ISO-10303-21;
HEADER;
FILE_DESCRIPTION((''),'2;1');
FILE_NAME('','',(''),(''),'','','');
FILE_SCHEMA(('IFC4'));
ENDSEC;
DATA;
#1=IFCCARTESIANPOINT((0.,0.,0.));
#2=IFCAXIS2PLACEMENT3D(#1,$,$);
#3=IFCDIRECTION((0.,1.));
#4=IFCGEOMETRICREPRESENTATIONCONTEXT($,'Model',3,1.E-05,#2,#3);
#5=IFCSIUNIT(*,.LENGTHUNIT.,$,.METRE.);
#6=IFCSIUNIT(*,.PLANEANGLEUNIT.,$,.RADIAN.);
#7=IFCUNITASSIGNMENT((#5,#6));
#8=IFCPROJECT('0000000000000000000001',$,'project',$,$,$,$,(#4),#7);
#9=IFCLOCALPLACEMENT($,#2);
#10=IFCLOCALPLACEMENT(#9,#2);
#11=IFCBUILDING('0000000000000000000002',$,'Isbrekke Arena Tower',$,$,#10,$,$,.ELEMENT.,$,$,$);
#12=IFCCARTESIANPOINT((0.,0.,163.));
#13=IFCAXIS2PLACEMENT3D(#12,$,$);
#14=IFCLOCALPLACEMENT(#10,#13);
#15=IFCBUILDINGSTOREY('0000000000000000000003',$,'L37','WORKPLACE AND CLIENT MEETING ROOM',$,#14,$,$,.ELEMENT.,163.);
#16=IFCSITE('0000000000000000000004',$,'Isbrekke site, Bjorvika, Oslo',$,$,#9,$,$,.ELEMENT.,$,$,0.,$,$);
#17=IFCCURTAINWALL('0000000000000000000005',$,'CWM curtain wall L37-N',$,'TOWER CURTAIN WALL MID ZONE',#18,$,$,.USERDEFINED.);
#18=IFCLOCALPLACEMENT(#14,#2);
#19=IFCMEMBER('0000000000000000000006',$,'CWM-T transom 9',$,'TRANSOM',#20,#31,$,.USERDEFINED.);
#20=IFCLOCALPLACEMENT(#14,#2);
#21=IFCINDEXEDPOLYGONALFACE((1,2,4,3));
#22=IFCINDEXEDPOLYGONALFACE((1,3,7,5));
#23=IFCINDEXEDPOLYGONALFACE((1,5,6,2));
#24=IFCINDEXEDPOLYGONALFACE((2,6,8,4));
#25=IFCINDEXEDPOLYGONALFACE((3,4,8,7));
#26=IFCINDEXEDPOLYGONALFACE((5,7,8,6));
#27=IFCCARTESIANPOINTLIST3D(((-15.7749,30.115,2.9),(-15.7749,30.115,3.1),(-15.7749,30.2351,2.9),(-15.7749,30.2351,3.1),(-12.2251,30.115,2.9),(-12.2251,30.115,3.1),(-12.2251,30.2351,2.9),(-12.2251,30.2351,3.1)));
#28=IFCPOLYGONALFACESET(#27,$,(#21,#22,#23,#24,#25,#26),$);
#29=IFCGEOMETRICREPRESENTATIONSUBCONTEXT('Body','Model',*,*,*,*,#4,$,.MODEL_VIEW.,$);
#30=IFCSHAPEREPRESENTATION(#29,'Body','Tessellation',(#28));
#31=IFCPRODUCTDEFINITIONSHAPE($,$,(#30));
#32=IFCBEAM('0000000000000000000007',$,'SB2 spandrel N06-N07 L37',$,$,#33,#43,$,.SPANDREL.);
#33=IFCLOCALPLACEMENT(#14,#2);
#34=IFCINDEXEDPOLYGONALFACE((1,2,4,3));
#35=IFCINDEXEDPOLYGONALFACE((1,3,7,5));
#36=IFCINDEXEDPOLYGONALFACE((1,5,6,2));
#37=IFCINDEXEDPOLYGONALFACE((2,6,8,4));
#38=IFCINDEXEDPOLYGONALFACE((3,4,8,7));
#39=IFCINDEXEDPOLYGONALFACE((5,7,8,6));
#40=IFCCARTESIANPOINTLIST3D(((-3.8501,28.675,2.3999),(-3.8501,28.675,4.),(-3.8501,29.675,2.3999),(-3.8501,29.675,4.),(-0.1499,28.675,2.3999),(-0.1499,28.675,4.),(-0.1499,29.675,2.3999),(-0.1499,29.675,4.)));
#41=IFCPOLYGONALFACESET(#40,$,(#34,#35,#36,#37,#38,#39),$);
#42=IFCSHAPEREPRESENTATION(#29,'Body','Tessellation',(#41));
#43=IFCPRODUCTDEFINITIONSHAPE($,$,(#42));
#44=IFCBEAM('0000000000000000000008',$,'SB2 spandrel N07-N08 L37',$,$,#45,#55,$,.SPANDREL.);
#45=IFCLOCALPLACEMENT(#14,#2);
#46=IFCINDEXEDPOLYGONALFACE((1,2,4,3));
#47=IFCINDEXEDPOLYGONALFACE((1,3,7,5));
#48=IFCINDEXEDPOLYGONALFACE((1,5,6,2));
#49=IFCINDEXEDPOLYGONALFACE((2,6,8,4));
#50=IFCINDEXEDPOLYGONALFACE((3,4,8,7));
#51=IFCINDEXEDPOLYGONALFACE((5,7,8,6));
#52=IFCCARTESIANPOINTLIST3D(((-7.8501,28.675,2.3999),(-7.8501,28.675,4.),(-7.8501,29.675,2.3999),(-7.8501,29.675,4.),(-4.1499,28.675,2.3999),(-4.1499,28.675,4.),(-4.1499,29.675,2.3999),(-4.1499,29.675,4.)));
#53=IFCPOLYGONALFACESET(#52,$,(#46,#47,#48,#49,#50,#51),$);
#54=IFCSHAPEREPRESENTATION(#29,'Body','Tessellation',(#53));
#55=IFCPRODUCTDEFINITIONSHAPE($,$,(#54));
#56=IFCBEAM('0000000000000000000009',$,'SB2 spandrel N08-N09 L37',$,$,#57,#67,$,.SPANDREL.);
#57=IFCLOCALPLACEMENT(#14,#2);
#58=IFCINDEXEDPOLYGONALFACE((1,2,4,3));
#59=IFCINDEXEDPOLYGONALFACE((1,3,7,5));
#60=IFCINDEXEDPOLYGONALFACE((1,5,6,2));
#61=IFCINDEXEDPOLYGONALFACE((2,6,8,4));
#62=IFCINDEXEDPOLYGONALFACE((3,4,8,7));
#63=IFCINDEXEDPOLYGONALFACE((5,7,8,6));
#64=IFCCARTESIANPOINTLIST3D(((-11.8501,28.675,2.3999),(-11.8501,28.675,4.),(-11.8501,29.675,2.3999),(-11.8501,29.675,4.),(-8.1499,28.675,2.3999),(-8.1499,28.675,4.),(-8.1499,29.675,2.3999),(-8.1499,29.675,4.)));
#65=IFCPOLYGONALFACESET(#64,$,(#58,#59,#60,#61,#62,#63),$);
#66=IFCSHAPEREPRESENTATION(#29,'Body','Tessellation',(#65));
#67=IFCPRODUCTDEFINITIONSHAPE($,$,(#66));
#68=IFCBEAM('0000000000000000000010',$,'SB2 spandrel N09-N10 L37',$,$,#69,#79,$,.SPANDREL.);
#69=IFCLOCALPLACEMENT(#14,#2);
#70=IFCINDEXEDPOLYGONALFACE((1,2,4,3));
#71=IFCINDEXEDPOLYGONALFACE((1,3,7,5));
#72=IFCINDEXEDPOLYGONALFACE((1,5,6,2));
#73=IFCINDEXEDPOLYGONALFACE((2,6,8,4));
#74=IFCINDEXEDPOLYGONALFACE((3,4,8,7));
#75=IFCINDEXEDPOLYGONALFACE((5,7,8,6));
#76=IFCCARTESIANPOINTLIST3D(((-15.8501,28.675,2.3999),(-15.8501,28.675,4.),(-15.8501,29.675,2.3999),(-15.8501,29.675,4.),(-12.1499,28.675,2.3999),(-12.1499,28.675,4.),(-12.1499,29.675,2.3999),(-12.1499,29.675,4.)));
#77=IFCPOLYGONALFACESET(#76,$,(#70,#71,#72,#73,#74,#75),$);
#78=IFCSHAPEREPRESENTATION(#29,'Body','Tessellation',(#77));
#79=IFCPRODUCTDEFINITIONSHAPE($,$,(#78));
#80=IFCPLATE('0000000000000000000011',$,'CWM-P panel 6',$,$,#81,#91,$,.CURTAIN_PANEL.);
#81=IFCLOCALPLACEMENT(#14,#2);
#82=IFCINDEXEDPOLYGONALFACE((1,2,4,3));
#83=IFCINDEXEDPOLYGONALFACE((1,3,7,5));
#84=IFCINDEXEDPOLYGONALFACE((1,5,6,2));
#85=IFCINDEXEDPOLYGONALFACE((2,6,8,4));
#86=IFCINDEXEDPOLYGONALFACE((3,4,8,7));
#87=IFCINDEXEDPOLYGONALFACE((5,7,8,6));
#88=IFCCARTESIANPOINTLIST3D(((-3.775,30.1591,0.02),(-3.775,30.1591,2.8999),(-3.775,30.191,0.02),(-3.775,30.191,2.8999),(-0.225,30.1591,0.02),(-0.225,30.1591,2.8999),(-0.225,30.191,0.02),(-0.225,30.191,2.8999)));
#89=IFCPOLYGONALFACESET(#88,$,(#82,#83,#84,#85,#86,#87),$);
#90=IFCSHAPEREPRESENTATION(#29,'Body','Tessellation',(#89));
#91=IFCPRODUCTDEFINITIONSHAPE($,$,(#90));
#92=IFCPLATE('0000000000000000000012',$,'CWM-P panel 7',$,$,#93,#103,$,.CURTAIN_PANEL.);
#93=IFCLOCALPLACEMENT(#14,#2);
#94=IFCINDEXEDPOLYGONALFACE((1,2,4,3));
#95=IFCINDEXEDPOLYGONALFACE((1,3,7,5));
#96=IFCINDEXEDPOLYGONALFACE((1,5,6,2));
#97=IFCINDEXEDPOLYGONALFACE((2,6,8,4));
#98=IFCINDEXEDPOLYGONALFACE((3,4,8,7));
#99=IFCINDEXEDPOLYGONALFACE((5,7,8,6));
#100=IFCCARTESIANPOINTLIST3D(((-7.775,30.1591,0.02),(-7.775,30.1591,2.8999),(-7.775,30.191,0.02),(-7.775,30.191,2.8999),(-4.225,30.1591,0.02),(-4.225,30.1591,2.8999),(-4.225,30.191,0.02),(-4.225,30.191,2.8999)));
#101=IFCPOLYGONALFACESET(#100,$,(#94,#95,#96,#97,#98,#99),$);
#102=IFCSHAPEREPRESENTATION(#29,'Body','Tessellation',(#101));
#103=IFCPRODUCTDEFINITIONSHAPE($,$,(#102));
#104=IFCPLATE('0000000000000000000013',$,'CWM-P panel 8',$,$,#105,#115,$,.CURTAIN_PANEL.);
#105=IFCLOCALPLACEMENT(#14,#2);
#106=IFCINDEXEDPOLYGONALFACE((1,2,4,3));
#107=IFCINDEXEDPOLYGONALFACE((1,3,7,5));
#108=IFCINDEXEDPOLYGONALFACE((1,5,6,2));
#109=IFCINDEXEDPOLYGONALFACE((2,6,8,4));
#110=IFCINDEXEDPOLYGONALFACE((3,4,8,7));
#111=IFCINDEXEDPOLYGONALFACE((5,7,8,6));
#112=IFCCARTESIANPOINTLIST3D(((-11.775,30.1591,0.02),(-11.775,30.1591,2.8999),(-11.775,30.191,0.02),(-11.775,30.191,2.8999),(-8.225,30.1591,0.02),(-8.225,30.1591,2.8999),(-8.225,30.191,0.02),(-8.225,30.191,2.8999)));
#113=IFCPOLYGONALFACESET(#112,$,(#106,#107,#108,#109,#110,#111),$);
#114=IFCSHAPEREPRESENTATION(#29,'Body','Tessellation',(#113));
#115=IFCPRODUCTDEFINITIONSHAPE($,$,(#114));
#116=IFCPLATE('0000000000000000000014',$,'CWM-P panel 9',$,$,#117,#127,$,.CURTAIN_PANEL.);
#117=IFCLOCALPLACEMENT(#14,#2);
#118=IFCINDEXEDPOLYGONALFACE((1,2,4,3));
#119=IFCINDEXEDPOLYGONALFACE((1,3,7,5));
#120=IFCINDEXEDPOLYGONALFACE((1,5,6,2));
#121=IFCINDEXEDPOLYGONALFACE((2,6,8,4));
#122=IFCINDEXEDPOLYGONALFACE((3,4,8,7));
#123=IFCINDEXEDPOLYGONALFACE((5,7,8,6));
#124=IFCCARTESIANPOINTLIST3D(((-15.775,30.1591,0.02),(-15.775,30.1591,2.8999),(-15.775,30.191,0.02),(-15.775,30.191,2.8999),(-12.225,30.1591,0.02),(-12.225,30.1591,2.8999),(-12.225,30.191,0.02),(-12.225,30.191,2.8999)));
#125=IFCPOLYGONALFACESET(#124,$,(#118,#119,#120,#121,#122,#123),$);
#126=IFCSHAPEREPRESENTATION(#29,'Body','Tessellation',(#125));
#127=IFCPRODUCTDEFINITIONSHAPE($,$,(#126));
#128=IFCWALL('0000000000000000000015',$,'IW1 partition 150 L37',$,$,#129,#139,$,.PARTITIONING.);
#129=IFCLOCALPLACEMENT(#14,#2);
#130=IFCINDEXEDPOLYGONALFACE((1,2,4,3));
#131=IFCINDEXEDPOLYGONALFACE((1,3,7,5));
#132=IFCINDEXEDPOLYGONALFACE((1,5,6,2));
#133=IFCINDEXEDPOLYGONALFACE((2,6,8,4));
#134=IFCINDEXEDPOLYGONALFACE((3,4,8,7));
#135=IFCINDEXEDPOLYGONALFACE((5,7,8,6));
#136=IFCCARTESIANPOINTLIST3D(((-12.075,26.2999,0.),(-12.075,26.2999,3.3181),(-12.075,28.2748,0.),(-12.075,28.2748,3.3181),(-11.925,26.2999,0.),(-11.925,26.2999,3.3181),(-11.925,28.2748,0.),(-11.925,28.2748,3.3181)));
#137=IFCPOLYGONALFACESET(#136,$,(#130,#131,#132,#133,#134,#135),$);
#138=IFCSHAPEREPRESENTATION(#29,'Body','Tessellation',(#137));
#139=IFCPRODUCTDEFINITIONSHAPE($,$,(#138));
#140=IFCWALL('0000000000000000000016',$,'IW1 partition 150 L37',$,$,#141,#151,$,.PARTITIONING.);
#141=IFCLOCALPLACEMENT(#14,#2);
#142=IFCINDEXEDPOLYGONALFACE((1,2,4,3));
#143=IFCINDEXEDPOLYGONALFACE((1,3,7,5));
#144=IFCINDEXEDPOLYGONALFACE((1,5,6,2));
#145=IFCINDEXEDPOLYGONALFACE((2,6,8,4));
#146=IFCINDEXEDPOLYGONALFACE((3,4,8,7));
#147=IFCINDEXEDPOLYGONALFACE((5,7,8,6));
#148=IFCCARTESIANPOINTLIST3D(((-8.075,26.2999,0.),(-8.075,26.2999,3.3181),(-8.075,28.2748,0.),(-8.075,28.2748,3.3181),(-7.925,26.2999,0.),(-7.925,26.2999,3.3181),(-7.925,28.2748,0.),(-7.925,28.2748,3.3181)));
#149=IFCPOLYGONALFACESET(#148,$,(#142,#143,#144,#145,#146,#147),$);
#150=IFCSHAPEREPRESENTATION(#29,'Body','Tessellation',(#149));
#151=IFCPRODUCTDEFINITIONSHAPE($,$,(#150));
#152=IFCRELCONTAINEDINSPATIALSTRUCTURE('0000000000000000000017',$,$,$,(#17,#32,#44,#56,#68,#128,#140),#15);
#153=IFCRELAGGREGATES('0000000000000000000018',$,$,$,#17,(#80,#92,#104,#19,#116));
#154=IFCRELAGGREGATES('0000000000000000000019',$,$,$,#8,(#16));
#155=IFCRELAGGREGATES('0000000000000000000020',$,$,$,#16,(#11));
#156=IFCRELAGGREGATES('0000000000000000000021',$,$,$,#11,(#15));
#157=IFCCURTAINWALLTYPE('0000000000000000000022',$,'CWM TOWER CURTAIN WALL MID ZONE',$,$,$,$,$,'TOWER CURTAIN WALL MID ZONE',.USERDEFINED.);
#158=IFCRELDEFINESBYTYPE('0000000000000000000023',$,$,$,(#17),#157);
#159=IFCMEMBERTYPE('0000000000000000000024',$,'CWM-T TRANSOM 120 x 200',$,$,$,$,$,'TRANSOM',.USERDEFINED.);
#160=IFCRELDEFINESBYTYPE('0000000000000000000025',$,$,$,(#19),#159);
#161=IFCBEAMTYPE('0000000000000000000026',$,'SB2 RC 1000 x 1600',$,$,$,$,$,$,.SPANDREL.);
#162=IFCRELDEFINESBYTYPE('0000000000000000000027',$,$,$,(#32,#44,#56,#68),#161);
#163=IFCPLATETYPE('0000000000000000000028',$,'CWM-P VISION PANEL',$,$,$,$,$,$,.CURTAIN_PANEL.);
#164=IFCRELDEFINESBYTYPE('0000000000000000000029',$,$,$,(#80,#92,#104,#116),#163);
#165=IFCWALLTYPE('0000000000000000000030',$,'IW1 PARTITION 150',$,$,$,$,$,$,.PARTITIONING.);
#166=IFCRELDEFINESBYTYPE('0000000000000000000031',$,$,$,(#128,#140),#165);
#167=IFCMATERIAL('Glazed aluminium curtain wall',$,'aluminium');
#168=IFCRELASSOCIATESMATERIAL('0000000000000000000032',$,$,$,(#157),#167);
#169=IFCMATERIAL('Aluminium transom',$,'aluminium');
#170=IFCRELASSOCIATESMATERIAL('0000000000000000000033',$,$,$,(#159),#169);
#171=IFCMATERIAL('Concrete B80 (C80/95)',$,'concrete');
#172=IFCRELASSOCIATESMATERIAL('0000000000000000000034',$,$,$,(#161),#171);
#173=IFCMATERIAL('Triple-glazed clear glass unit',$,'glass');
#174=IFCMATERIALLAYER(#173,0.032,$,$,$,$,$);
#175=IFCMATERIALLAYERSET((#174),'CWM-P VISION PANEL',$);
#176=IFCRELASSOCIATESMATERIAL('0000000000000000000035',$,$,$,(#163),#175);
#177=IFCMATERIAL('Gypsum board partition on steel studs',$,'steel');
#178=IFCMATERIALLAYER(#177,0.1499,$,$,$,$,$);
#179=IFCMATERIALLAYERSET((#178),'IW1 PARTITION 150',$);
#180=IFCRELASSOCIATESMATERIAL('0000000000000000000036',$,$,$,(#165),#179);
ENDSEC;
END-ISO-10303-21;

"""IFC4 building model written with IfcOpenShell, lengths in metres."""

from ifc_helpers import new_model, si_unit, direction, frame, frame_2d, origin, origin_2d, place, context, subcontext, project, spatial, rectangle, extrude, material, layer, layer_set, material_profile, profile_set, type_object, element, aggregate, save


model = new_model("IFC4")

# Units and contexts
model_context = context("Model", 3, precision=1e-05, world=origin(), true_north=direction((0.0, 1.0)))
body_context = subcontext(model_context, "Body", "Model", "MODEL_VIEW")
ifc_project = project(units=[si_unit("LENGTHUNIT", "METRE"), si_unit("PLANEANGLEUNIT", "RADIAN")], contexts=[model_context])

# Site, building, storey
site_placement = place(None, origin())
site = spatial("IfcSite", under=ifc_project, at=site_placement, Name="Isbrekke site, Bjorvika, Oslo", CompositionType="ELEMENT", RefElevation=0.0)
building_placement = place(site_placement, origin())
building = spatial("IfcBuilding", under=site, at=building_placement, Name="Isbrekke Arena Tower", CompositionType="ELEMENT")
storey_placement = place(building_placement, frame((0.0, 0.0, 163.0)))
storey = spatial("IfcBuildingStorey", under=building, at=storey_placement, Name="L37", Description="WORKPLACE AND CLIENT MEETING ROOM", CompositionType="ELEMENT", Elevation=163.0)

# Curtain wall, member
ifc_material_1 = material(Name="Glazed aluminium curtain wall", Category="aluminium")
curtain_wall_type = type_object("IfcCurtainWallType", Name="CWM TOWER CURTAIN WALL MID ZONE", ElementType="TOWER CURTAIN WALL MID ZONE", PredefinedType="USERDEFINED", material=ifc_material_1)
curtain_wall_placement = place(storey_placement, origin())
curtain_wall = element("IfcCurtainWall", 1, at=curtain_wall_placement, inside=storey, type_object=curtain_wall_type, Name="CWM curtain wall L37-N", ObjectType="TOWER CURTAIN WALL MID ZONE", PredefinedType="USERDEFINED")
ifc_material_2 = material(Name="Aluminium transom", Category="aluminium")
ifc_material_profile_1 = material_profile(ifc_material_2, rectangle(XDim=0.1201, YDim=0.2, at=origin_2d()), Name="TRANSOM 120X200")
ifc_profile_set_1 = profile_set([ifc_material_profile_1], Name="Aluminium transom")
member_type_1 = type_object("IfcMemberType", Name="CWM-T TRANSOM 120 x 200", ElementType="TRANSOM", PredefinedType="USERDEFINED", material=ifc_profile_set_1)
member_1_placement = place(storey_placement, frame((-12.2251, 30.175, 3.0), z_axis=(-1.0, 0.0, 0.0), x_axis=(0.0, -1.0, 0.0)))
member_1 = element("IfcMember", 2, at=member_1_placement, type_object=member_type_1, Name="CWM-T transom 9", ObjectType="TRANSOM", PredefinedType="USERDEFINED", context=body_context, shape_type="SweptSolid", body=[
    extrude(rectangle(XDim=0.1201, YDim=0.2, at=origin_2d()), origin(), (0.0, 0.0, 1.0), 3.5498),
])

# Beams
ifc_material_3 = material(Name="Concrete B80 (C80/95)", Category="concrete")
ifc_material_profile_2 = material_profile(ifc_material_3, rectangle(XDim=1.0, YDim=1.6001, at=origin_2d()), Name="RC 1000x1600")
ifc_profile_set_2 = profile_set([ifc_material_profile_2], Name="Concrete B80 (C80/95)")
beam_type_1 = type_object("IfcBeamType", Name="SB2 RC 1000 x 1600", PredefinedType="SPANDREL", material=ifc_profile_set_2)
for number, where, z_axis, x_axis, name in (
    (3, (-0.1499, 29.175, 3.2), (-1.0, 0.0, 0.0), (0.0, -1.0, 0.0), "SB2 spandrel N06-N07 L37"),
    (4, (-4.1499, 29.175, 3.2), (-1.0, 0.0, 0.0), (0.0, -1.0, 0.0), "SB2 spandrel N07-N08 L37"),
    (5, (-8.1499, 29.175, 3.2), (-1.0, 0.0, 0.0), (0.0, -1.0, 0.0), "SB2 spandrel N08-N09 L37"),
    (6, (-12.1499, 29.175, 3.2), (-1.0, 0.0, 0.0), (0.0, -1.0, 0.0), "SB2 spandrel N09-N10 L37"),
):
    element("IfcBeam", number, at=place(storey_placement, frame(where, z_axis=z_axis, x_axis=x_axis)), inside=storey, type_object=beam_type_1, Name=name, PredefinedType="SPANDREL", context=body_context, shape_type="SweptSolid", body=[
        extrude(rectangle(XDim=1.0, YDim=1.6001, at=origin_2d()), origin(), (0.0, 0.0, 1.0), 3.7002),
    ])

# Plates
ifc_material_4 = material(Name="Triple-glazed clear glass unit", Category="glass")
ifc_layer_1 = layer(ifc_material_4, 0.032)
ifc_layer_set_1 = layer_set([ifc_layer_1], Name="CWM-P VISION PANEL")
plate_type = type_object("IfcPlateType", Name="CWM-P VISION PANEL", PredefinedType="CURTAIN_PANEL", material=ifc_layer_set_1)
plate_1_placement = place(storey_placement, frame((-2.0, 30.175, 0.02), z_axis=(0.0, 0.0, 1.0), x_axis=(-1.0, 0.0, 0.0)))
plate_1 = element("IfcPlate", 7, at=plate_1_placement, type_object=plate_type, Name="CWM-P panel 6", PredefinedType="CURTAIN_PANEL", context=body_context, shape_type="SweptSolid", body=[
    extrude(rectangle(XDim=3.55, YDim=0.032, at=origin_2d()), origin(), (0.0, 0.0, 1.0), 2.8799),
])
plate_2_placement = place(storey_placement, frame((-6.0, 30.175, 0.02), z_axis=(0.0, 0.0, 1.0), x_axis=(-1.0, 0.0, 0.0)))
plate_2 = element("IfcPlate", 8, at=plate_2_placement, type_object=plate_type, Name="CWM-P panel 7", PredefinedType="CURTAIN_PANEL", context=body_context, shape_type="SweptSolid", body=[
    extrude(rectangle(XDim=3.55, YDim=0.032, at=origin_2d()), origin(), (0.0, 0.0, 1.0), 2.8799),
])
plate_3_placement = place(storey_placement, frame((-10.0, 30.175, 0.02), z_axis=(0.0, 0.0, 1.0), x_axis=(-1.0, 0.0, 0.0)))
plate_3 = element("IfcPlate", 9, at=plate_3_placement, type_object=plate_type, Name="CWM-P panel 8", PredefinedType="CURTAIN_PANEL", context=body_context, shape_type="SweptSolid", body=[
    extrude(rectangle(XDim=3.55, YDim=0.032, at=origin_2d()), origin(), (0.0, 0.0, 1.0), 2.8799),
])
plate_4_placement = place(storey_placement, frame((-14.0, 30.175, 0.02), z_axis=(0.0, 0.0, 1.0), x_axis=(-1.0, 0.0, 0.0)))
plate_4 = element("IfcPlate", 10, at=plate_4_placement, type_object=plate_type, Name="CWM-P panel 9", PredefinedType="CURTAIN_PANEL", context=body_context, shape_type="SweptSolid", body=[
    extrude(rectangle(XDim=3.55, YDim=0.032, at=origin_2d()), origin(), (0.0, 0.0, 1.0), 2.8799),
])
aggregate(curtain_wall, [plate_1, plate_2, plate_3, member_1, plate_4])

# Walls
ifc_material_5 = material(Name="Gypsum board partition on steel studs", Category="steel")
ifc_layer_2 = layer(ifc_material_5, 0.1499)
ifc_layer_set_2 = layer_set([ifc_layer_2], Name="IW1 PARTITION 150")
wall_type = type_object("IfcWallType", Name="IW1 PARTITION 150", PredefinedType="PARTITIONING", material=ifc_layer_set_2)
for number, where, z_axis, x_axis, name in (
    (11, (-12.0, 26.3, 0.0), (0.0, 0.0, 1.0), (0.0, 1.0, 0.0), "IW1 partition 150 L37"),
    (12, (-8.0, 26.3, 0.0), (0.0, 0.0, 1.0), (0.0, 1.0, 0.0), "IW1 partition 150 L37"),
):
    element("IfcWall", number, at=place(storey_placement, frame(where, z_axis=z_axis, x_axis=x_axis)), inside=storey, type_object=wall_type, Name=name, PredefinedType="PARTITIONING", context=body_context, shape_type="SweptSolid", body=[
        extrude(rectangle(XDim=1.9749, YDim=0.1499, at=frame_2d((0.9873, 0.0))), origin(), (0.0, 0.0, 1.0), 3.3181),
    ])

save(model, "model.ifc")
